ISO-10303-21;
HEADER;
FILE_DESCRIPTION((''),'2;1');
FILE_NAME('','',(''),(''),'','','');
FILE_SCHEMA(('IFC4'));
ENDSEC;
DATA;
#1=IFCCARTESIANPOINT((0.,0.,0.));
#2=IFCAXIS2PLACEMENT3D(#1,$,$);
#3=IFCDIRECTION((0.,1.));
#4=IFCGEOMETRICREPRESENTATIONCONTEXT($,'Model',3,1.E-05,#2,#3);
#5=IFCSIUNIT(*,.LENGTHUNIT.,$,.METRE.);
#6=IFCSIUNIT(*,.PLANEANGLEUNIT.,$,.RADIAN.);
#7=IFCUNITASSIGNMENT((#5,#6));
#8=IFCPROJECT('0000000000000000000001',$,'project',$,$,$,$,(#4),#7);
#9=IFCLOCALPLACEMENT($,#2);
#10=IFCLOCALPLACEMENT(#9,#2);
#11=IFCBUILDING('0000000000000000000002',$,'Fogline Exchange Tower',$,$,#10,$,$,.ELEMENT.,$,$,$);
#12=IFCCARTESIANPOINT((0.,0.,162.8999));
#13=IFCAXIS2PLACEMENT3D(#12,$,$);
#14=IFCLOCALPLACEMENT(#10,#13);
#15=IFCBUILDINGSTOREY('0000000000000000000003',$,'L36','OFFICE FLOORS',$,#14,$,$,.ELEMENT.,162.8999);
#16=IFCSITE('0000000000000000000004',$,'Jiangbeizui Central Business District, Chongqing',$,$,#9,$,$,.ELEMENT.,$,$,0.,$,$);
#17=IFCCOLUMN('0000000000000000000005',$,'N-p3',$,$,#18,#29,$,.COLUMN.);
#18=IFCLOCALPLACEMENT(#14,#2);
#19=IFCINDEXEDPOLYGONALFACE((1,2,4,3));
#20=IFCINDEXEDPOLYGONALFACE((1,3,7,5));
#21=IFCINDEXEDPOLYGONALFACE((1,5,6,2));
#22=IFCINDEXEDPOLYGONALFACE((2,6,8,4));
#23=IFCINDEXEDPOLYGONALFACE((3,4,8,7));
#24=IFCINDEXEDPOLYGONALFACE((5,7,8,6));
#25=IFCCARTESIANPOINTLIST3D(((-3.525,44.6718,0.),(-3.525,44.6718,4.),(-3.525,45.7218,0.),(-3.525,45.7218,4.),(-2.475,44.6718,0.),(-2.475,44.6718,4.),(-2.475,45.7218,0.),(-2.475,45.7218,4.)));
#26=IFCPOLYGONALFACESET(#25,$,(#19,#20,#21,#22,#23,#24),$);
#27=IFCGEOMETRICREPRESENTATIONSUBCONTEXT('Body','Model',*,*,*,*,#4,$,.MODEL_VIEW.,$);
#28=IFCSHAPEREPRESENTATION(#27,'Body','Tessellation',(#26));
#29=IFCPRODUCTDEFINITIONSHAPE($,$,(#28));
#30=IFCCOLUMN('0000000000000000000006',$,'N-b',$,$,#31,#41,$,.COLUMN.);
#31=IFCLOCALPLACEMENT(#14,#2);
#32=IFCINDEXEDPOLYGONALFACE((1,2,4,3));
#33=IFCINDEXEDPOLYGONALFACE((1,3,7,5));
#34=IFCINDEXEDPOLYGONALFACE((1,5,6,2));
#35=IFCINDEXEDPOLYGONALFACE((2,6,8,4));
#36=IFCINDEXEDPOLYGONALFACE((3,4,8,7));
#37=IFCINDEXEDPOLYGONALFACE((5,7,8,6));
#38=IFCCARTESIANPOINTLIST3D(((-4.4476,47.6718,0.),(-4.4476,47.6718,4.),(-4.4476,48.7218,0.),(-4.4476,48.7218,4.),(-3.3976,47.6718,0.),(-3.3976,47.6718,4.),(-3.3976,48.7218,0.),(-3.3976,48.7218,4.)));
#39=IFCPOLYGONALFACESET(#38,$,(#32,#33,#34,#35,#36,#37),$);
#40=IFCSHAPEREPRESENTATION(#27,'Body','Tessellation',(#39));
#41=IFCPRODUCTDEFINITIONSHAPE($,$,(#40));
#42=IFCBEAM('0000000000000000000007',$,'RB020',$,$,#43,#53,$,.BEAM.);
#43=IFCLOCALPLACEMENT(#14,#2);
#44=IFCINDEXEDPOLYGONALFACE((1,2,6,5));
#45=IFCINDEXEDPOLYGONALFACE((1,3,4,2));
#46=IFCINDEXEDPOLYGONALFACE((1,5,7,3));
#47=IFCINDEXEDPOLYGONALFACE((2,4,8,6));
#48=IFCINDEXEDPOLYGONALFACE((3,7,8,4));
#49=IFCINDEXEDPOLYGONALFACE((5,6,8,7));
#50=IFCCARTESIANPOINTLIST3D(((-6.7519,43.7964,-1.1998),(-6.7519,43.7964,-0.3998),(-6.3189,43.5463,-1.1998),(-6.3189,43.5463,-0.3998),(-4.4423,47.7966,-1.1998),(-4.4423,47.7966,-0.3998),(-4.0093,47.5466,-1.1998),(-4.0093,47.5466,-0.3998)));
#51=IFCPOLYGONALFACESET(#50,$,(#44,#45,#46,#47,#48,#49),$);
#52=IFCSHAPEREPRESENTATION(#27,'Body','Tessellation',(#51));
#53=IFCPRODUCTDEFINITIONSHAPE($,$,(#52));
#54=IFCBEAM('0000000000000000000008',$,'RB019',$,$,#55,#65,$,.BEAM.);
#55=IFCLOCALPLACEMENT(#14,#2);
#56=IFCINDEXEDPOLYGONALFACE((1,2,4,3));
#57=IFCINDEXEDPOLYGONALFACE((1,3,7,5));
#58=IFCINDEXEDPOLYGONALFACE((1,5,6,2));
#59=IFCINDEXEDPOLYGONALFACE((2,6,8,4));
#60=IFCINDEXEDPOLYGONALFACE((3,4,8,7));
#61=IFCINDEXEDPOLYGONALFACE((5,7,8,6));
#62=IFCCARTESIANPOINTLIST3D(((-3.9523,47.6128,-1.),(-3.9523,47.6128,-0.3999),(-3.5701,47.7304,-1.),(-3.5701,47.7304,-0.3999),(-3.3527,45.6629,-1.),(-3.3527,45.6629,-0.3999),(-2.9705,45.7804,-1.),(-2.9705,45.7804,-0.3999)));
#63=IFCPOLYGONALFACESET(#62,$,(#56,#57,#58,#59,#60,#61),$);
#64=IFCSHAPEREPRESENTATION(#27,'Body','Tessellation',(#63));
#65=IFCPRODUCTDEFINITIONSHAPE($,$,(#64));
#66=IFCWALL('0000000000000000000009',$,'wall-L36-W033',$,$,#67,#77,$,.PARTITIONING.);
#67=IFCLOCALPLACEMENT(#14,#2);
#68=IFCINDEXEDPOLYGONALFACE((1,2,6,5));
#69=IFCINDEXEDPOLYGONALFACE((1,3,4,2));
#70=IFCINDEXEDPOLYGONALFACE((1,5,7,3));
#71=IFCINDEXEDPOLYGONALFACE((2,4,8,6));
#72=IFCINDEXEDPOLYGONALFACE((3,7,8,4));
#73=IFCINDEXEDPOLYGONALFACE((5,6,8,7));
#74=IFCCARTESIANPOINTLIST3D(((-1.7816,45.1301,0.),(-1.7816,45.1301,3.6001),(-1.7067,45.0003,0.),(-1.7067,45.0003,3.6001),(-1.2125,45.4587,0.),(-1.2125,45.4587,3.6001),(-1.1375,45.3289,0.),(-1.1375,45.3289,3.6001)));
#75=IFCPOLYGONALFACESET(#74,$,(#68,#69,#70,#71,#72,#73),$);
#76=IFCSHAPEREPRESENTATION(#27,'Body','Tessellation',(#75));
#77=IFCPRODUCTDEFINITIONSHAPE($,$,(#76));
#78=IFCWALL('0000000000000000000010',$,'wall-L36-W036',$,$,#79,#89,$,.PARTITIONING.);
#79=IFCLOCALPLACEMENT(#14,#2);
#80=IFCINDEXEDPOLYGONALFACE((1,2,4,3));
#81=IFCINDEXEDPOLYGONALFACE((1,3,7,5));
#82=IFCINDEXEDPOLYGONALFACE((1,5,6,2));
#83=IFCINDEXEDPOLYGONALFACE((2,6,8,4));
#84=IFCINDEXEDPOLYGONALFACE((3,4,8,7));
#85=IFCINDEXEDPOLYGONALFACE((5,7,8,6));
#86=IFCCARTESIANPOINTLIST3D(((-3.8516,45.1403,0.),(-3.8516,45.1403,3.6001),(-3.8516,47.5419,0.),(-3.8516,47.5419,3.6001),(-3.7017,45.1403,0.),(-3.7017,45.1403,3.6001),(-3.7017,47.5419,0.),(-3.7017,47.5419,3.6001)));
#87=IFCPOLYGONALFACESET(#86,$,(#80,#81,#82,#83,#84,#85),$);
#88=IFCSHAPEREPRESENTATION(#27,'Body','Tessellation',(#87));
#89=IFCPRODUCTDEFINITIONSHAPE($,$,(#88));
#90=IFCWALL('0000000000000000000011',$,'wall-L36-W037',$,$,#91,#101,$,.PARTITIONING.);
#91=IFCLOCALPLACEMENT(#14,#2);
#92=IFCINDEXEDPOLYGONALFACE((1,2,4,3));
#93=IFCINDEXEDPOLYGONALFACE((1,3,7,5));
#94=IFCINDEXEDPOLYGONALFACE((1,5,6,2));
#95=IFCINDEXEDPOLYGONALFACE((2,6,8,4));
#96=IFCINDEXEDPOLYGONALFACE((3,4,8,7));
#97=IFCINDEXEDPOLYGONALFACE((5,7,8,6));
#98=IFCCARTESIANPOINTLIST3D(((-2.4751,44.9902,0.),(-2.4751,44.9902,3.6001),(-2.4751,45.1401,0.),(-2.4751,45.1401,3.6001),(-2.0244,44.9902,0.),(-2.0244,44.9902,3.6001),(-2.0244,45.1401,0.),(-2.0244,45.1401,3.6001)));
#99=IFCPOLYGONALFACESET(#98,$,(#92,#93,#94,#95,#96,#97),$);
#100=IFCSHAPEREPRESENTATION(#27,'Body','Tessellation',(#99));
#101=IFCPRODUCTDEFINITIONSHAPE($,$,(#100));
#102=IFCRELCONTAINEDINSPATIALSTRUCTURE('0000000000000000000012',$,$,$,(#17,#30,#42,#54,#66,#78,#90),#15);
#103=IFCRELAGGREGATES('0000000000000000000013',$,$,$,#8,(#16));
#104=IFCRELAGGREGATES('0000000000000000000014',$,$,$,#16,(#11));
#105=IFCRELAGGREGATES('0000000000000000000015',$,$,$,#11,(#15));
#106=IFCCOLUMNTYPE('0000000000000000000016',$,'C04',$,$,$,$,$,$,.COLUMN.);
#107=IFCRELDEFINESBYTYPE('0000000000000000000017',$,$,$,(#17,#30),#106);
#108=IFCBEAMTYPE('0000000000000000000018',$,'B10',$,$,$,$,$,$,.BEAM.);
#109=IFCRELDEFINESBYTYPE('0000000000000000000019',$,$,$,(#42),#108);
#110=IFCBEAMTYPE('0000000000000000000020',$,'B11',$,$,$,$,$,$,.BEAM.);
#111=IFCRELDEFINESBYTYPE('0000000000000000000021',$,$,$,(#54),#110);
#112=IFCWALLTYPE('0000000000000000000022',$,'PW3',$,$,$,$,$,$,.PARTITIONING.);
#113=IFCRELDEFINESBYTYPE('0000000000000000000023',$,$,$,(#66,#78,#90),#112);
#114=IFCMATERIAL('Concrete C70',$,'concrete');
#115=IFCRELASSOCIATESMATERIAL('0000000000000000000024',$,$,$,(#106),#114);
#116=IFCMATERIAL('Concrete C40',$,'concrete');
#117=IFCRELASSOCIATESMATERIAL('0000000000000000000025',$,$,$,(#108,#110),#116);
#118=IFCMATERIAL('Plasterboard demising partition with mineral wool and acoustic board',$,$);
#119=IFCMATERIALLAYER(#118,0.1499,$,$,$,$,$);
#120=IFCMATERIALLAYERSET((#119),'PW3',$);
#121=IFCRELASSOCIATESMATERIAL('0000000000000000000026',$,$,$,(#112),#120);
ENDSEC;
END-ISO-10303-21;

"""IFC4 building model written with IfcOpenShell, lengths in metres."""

from ifc_helpers import new_model, si_unit, direction, frame, frame_2d, origin, origin_2d, place, context, subcontext, project, spatial, rectangle, extrude, material, layer, layer_set, material_profile, profile_set, type_object, element, save


model = new_model("IFC4")

# Units and contexts
model_context = context("Model", 3, precision=1e-05, world=origin(), true_north=direction((0.0, 1.0)))
body_context = subcontext(model_context, "Body", "Model", "MODEL_VIEW")
ifc_project = project(units=[si_unit("LENGTHUNIT", "METRE"), si_unit("PLANEANGLEUNIT", "RADIAN")], contexts=[model_context])

# Site, building, storey
site_placement = place(None, origin())
site = spatial("IfcSite", under=ifc_project, at=site_placement, Name="Jiangbeizui Central Business District, Chongqing", CompositionType="ELEMENT", RefElevation=0.0)
building_placement = place(site_placement, origin())
building = spatial("IfcBuilding", under=site, at=building_placement, Name="Fogline Exchange Tower", CompositionType="ELEMENT")
storey_placement = place(building_placement, frame((0.0, 0.0, 162.8999)))
storey = spatial("IfcBuildingStorey", under=building, at=storey_placement, Name="L36", Description="OFFICE FLOORS", CompositionType="ELEMENT", Elevation=162.8999)

# Columns
ifc_material_1 = material(Name="Concrete C70", Category="concrete")
ifc_material_profile_1 = material_profile(ifc_material_1, rectangle(XDim=1.05, YDim=1.05, at=origin_2d()), Name="RC 1050x1050")
ifc_profile_set_1 = profile_set([ifc_material_profile_1], Name="Concrete C70")
column_type = type_object("IfcColumnType", Name="C04", PredefinedType="COLUMN", material=ifc_profile_set_1)
for number, where, z_axis, x_axis, name in (
    (1, (-3.0, 45.1968, 0.0), (0.0, 0.0, 1.0), (1.0, 0.0, 0.0), "N-p3"),
    (2, (-3.9226, 48.1968, 0.0), (0.0, 0.0, 1.0), (1.0, 0.0, 0.0), "N-b"),
):
    element("IfcColumn", number, at=place(storey_placement, frame(where, z_axis=z_axis, x_axis=x_axis)), inside=storey, type_object=column_type, Name=name, PredefinedType="COLUMN", context=body_context, shape_type="SweptSolid", body=[
        extrude(rectangle(XDim=1.05, YDim=1.05, at=origin_2d()), origin(), (0.0, 0.0, 1.0), 4.0),
    ])

# Beams
ifc_material_2 = material(Name="Concrete C40", Category="concrete")
ifc_material_profile_2 = material_profile(ifc_material_2, rectangle(XDim=0.5, YDim=0.8, at=origin_2d()), Name="RC 500x800")
ifc_profile_set_2 = profile_set([ifc_material_profile_2], Name="Concrete C40")
beam_type_1 = type_object("IfcBeamType", Name="B10", PredefinedType="BEAM", material=ifc_profile_set_2)
beam_1_placement = place(storey_placement, frame((-4.2258, 47.6716, -0.7998), z_axis=(-0.500005, -0.866023, 0.0), x_axis=(0.866023, -0.500005, 0.0)))
element("IfcBeam", 3, at=beam_1_placement, inside=storey, type_object=beam_type_1, Name="RB020", PredefinedType="BEAM", context=body_context, shape_type="SweptSolid", body=[
    extrude(rectangle(XDim=0.5, YDim=0.8, at=origin_2d()), origin(), (0.0, 0.0, 1.0), 4.6191),
])
ifc_material_profile_3 = material_profile(ifc_material_2, rectangle(XDim=0.3999, YDim=0.6001, at=origin_2d()), Name="RC 400x600")
ifc_profile_set_3 = profile_set([ifc_material_profile_3], Name="Concrete C40")
beam_type_2 = type_object("IfcBeamType", Name="B11", PredefinedType="BEAM", material=ifc_profile_set_3)
beam_2_placement = place(storey_placement, frame((-3.1616, 45.7217, -0.7), z_axis=(-0.293918, 0.955831, 0.0), x_axis=(-0.955831, -0.293918, 0.0)))
element("IfcBeam", 4, at=beam_2_placement, inside=storey, type_object=beam_type_2, Name="RB019", PredefinedType="BEAM", context=body_context, shape_type="SweptSolid", body=[
    extrude(rectangle(XDim=0.3999, YDim=0.6001, at=origin_2d()), origin(), (0.0, 0.0, 1.0), 2.04),
])

# Walls
ifc_material_3 = material(Name="Plasterboard demising partition with mineral wool and acoustic board")
ifc_layer_1 = layer(ifc_material_3, 0.1499)
ifc_layer_set_1 = layer_set([ifc_layer_1], Name="PW3")
wall_type_1 = type_object("IfcWallType", Name="PW3", PredefinedType="PARTITIONING", material=ifc_layer_set_1)
wall_1_placement = place(storey_placement, frame((-1.7441, 45.0652, 0.0), z_axis=(0.0, 0.0, 1.0), x_axis=(0.865994, 0.500055, 0.0)))
element("IfcWall", 5, at=wall_1_placement, inside=storey, type_object=wall_type_1, Name="wall-L36-W033", PredefinedType="PARTITIONING", context=body_context, shape_type="SweptSolid", body=[
    extrude(rectangle(XDim=0.6572, YDim=0.1499, at=frame_2d((0.3286, 0.0))), origin(), (0.0, 0.0, 1.0), 3.6001),
])
wall_2_placement = place(storey_placement, frame((-3.7766, 47.5417, 0.0), z_axis=(0.0, 0.0, 1.0), x_axis=(0.0, -1.0, 0.0)))
element("IfcWall", 6, at=wall_2_placement, inside=storey, type_object=wall_type_1, Name="wall-L36-W036", PredefinedType="PARTITIONING", context=body_context, shape_type="SweptSolid", body=[
    extrude(rectangle(XDim=2.4016, YDim=0.1499, at=frame_2d((1.2007, 0.0))), origin(), (0.0, 0.0, 1.0), 3.6001),
])
wall_3_placement = place(storey_placement, frame((-2.4751, 45.0652, 0.0), z_axis=(0.0, 0.0, 1.0), x_axis=(1.0, 0.0, 0.0)))
element("IfcWall", 7, at=wall_3_placement, inside=storey, type_object=wall_type_1, Name="wall-L36-W037", PredefinedType="PARTITIONING", context=body_context, shape_type="SweptSolid", body=[
    extrude(rectangle(XDim=0.4507, YDim=0.1499, at=frame_2d((0.2253, 0.0))), origin(), (0.0, 0.0, 1.0), 3.6001),
])

save(model, "model.ifc")
